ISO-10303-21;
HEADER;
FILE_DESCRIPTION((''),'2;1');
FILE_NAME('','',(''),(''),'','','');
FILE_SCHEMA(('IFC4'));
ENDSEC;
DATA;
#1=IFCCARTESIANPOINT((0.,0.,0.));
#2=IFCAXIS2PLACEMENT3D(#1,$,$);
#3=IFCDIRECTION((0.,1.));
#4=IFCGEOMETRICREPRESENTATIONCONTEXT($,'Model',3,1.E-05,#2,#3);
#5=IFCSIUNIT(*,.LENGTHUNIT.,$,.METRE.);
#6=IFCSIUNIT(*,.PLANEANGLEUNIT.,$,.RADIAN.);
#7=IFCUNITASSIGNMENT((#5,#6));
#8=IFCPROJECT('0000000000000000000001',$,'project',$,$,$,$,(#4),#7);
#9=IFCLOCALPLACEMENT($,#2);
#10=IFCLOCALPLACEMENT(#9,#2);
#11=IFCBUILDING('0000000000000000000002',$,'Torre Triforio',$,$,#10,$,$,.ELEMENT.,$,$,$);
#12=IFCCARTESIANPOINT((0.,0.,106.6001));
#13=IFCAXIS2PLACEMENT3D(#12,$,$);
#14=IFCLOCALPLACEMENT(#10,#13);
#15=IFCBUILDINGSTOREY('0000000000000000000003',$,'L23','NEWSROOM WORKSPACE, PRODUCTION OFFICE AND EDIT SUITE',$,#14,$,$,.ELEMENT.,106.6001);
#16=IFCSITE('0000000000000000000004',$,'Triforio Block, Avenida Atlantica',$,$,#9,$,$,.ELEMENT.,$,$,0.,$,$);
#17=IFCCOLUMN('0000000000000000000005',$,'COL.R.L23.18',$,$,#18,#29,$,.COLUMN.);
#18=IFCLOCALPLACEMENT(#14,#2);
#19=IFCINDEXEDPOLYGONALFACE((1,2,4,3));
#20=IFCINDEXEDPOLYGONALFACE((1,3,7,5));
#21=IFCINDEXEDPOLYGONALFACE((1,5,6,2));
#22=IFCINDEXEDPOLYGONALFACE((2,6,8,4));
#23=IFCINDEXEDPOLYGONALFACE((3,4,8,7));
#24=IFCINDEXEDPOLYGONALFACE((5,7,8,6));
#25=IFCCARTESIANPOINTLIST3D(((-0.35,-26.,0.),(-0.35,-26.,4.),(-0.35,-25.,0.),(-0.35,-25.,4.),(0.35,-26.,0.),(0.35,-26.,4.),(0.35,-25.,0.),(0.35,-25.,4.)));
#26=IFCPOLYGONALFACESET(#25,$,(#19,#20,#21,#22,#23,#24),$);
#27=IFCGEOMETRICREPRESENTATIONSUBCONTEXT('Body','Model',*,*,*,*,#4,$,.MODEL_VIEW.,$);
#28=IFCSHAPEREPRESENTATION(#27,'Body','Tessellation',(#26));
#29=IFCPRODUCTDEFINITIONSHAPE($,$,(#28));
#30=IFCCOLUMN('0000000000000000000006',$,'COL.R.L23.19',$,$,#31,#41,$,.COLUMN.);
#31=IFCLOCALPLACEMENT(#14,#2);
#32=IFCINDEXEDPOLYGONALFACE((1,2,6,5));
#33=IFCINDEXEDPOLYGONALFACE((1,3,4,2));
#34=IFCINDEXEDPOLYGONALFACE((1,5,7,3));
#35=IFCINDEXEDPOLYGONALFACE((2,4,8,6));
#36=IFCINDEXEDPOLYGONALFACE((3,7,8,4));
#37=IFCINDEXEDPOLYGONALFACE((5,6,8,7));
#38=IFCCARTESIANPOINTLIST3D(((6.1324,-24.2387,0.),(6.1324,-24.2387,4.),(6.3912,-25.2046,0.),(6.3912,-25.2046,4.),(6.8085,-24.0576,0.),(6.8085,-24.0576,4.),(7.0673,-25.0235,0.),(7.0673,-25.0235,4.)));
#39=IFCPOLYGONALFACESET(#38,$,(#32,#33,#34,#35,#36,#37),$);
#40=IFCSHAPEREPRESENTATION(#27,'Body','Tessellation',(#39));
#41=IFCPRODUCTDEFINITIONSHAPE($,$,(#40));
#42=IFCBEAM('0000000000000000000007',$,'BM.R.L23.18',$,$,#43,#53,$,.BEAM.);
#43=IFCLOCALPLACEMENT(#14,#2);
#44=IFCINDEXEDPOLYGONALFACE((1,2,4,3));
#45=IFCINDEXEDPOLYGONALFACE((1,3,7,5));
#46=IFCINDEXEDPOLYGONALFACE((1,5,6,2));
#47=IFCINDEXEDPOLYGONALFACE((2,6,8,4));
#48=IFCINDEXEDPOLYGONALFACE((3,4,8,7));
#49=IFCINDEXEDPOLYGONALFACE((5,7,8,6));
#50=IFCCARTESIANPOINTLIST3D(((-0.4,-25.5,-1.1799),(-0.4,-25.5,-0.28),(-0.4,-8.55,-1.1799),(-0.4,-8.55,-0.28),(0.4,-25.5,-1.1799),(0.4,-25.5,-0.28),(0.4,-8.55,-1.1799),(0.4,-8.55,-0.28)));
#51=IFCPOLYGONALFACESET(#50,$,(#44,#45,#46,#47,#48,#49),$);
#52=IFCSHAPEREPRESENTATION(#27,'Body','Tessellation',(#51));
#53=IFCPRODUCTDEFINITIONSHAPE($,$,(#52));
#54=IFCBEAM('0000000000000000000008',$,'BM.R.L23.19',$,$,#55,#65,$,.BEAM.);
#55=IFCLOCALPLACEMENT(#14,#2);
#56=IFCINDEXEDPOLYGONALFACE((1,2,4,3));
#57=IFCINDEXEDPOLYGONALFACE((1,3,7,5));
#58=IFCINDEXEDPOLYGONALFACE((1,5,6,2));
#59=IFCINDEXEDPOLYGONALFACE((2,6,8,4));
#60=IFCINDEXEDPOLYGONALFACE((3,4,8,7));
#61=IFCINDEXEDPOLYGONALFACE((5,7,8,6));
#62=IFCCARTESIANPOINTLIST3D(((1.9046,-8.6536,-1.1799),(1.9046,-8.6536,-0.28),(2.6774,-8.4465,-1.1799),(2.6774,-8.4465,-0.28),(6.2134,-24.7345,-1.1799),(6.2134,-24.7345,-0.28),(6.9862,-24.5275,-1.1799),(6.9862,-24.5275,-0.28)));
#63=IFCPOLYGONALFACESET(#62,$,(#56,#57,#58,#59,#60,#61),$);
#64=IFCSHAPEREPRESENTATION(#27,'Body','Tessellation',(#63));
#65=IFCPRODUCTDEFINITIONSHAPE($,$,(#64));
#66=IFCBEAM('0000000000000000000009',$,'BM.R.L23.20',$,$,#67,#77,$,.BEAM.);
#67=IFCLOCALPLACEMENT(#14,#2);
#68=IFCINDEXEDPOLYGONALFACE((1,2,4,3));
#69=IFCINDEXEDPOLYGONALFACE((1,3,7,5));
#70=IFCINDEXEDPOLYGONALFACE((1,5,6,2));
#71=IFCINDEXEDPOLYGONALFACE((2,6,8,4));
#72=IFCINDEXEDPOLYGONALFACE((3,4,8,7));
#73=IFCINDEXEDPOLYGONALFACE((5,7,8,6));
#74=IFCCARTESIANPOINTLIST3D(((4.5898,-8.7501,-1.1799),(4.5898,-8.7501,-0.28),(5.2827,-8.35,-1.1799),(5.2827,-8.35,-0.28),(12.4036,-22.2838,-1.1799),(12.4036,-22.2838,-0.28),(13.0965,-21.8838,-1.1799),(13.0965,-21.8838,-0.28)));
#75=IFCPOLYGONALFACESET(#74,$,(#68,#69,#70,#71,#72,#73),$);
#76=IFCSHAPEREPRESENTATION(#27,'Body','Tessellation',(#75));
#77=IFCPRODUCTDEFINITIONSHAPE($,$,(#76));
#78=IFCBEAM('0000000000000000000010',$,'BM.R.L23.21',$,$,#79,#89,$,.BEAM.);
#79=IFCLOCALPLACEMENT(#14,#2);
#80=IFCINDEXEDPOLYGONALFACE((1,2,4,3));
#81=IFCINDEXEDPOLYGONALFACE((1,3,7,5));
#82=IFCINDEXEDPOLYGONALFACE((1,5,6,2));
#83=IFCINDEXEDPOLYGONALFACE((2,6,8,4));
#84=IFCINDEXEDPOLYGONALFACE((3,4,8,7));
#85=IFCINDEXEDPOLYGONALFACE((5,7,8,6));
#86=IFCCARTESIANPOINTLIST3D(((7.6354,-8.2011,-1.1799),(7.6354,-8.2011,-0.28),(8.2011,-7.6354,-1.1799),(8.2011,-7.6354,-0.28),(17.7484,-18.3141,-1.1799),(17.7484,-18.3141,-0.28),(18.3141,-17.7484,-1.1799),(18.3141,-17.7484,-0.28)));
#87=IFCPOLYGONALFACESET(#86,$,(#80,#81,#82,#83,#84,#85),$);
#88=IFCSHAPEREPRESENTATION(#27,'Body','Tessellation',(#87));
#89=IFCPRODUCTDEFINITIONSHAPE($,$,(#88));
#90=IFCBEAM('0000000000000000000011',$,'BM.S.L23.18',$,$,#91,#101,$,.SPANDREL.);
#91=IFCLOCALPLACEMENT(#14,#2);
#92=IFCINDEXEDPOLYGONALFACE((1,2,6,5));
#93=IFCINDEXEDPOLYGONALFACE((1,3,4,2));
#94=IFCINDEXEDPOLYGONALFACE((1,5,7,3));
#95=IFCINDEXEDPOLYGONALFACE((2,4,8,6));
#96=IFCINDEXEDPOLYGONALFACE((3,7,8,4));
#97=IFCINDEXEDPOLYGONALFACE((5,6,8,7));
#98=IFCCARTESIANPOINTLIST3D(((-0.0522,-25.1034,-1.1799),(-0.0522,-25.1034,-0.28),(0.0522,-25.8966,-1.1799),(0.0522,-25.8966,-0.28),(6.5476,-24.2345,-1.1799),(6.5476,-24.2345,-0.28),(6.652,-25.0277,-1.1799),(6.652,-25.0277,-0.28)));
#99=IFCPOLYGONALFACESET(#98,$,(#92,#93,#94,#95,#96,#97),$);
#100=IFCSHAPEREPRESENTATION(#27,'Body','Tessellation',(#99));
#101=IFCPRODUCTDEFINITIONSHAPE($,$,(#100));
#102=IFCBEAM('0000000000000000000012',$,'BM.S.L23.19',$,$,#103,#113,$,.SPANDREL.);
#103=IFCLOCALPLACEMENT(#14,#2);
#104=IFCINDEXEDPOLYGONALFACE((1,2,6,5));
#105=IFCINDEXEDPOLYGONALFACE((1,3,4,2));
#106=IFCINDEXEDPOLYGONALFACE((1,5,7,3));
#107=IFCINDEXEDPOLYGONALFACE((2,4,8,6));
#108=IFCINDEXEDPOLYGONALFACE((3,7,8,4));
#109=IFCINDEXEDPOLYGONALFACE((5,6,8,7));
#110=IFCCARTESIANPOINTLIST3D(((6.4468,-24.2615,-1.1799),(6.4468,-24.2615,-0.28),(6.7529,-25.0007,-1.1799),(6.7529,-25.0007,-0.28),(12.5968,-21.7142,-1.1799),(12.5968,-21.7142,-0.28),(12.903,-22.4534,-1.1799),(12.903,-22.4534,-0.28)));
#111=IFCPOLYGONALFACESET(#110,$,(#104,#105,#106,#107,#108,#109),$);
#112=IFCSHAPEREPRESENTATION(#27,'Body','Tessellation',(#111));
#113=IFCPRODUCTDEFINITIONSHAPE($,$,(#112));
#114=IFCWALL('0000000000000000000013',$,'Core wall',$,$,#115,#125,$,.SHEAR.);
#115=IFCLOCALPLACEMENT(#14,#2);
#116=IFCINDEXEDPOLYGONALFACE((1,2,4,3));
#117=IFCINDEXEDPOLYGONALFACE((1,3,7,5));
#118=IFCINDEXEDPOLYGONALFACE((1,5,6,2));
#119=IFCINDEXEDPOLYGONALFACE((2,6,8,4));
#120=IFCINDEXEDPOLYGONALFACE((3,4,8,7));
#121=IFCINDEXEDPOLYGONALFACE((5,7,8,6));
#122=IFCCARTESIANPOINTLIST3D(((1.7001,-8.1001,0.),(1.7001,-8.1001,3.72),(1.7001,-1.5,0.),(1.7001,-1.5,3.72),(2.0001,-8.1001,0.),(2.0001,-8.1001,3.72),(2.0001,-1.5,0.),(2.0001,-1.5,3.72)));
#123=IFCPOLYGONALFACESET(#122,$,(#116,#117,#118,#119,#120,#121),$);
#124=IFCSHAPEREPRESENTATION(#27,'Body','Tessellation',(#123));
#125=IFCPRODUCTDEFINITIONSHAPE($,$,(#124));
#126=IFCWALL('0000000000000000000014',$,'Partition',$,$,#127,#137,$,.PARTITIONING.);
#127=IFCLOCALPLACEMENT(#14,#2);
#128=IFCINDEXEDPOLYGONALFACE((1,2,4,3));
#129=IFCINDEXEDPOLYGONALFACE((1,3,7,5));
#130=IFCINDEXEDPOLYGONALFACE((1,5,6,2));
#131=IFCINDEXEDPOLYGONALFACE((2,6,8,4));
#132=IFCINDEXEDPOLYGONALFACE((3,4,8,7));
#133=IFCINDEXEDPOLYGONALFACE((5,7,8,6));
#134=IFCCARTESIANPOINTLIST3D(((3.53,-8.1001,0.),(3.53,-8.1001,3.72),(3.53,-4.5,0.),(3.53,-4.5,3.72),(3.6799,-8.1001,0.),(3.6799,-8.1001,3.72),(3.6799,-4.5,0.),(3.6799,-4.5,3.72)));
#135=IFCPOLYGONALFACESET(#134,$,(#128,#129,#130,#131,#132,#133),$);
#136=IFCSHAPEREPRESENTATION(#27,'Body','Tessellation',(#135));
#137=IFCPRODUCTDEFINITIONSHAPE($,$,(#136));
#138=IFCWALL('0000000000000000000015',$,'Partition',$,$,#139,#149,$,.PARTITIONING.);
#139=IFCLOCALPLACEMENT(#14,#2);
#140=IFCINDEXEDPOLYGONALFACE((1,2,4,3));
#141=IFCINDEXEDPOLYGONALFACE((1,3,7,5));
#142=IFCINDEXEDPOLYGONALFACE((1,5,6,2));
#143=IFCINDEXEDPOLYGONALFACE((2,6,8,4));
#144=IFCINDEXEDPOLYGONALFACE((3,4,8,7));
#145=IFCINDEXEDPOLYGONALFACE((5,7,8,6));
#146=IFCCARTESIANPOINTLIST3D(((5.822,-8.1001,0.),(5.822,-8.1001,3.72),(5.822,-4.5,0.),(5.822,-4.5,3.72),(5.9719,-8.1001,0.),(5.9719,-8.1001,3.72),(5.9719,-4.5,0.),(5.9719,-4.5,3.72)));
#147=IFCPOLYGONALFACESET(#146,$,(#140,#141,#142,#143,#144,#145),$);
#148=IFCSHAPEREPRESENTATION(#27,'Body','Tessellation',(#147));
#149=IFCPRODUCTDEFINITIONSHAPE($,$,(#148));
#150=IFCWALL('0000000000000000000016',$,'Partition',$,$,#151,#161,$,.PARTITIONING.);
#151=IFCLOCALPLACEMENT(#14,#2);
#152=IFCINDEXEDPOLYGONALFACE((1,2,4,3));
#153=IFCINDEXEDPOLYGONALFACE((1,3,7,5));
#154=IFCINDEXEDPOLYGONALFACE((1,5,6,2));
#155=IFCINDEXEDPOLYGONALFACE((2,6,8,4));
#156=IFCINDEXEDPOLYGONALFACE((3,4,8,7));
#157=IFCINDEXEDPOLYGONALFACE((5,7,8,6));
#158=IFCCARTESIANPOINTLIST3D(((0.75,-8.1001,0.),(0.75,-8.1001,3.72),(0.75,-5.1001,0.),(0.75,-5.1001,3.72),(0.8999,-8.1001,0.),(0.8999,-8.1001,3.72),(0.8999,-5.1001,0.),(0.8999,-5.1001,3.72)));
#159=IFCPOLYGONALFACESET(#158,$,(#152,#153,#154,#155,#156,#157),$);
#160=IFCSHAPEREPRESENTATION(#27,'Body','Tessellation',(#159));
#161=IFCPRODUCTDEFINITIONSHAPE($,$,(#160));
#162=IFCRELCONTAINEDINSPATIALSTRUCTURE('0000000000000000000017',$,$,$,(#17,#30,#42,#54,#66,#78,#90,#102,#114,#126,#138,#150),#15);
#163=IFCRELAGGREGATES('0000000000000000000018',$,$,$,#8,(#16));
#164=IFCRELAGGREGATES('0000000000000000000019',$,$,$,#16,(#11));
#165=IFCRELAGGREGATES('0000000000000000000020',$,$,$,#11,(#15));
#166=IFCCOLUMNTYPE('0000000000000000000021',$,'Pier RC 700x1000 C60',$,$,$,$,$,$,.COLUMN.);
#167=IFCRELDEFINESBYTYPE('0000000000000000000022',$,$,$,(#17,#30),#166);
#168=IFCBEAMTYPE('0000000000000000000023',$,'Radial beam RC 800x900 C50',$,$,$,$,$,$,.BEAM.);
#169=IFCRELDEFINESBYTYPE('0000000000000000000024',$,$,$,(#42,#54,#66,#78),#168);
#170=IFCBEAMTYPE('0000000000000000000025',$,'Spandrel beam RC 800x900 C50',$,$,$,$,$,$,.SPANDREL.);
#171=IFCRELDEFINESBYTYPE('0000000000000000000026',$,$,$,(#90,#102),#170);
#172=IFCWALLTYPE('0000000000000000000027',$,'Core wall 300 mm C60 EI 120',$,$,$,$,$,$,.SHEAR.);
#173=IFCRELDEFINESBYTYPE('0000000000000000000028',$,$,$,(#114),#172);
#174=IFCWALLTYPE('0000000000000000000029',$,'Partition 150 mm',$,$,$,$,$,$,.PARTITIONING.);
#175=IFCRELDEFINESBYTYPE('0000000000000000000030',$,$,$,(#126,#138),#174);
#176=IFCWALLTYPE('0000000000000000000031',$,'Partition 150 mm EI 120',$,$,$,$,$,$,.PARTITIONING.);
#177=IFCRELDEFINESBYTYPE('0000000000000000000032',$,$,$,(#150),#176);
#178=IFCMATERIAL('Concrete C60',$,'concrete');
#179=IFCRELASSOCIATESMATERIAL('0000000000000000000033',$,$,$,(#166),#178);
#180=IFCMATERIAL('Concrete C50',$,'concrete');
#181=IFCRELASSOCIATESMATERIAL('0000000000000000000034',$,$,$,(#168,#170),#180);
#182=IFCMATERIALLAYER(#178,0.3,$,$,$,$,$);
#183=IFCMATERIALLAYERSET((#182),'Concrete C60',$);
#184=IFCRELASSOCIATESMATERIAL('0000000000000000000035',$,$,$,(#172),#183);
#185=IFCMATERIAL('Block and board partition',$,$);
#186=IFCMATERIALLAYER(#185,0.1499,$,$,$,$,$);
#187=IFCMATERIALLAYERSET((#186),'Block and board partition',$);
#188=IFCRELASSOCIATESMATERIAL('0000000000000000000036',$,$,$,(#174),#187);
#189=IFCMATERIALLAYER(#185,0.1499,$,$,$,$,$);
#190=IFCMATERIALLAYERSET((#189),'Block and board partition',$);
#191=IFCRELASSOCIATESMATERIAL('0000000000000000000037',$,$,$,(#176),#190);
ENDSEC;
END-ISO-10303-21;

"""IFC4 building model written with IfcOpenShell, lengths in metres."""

from ifc_helpers import new_model, si_unit, direction, frame, frame_2d, origin, origin_2d, place, context, subcontext, project, spatial, rectangle, extrude, material, layer, layer_set, material_profile, profile_set, type_object, element, save


model = new_model("IFC4")

# Units and contexts
model_context = context("Model", 3, precision=1e-05, world=origin(), true_north=direction((0.0, 1.0)))
body_context = subcontext(model_context, "Body", "Model", "MODEL_VIEW")
ifc_project = project(units=[si_unit("LENGTHUNIT", "METRE"), si_unit("PLANEANGLEUNIT", "RADIAN")], contexts=[model_context])

# Site, building, storey
site_placement = place(None, origin())
site = spatial("IfcSite", under=ifc_project, at=site_placement, Name="Triforio Block, Avenida Atlantica", CompositionType="ELEMENT", RefElevation=0.0)
building_placement = place(site_placement, origin())
building = spatial("IfcBuilding", under=site, at=building_placement, Name="Torre Triforio", CompositionType="ELEMENT")
storey_placement = place(building_placement, frame((0.0, 0.0, 106.6001)))
storey = spatial("IfcBuildingStorey", under=building, at=storey_placement, Name="L23", Description="NEWSROOM WORKSPACE, PRODUCTION OFFICE AND EDIT SUITE", CompositionType="ELEMENT", Elevation=106.6001)

# Columns
ifc_material_1 = material(Name="Concrete C60", Category="concrete")
ifc_material_profile_1 = material_profile(ifc_material_1, rectangle(XDim=0.7, YDim=1.0, at=origin_2d()), Name="RC 700x1000")
ifc_profile_set_1 = profile_set([ifc_material_profile_1], Name="Concrete C60")
column_type = type_object("IfcColumnType", Name="Pier RC 700x1000 C60", PredefinedType="COLUMN", material=ifc_profile_set_1)
for number, where, z_axis, x_axis, name in (
    (1, (0.0, -25.5, 0.0), (0.0, 0.0, 1.0), (1.0, 0.0, 0.0), "COL.R.L23.18"),
    (2, (6.5999, -24.6311, 0.0), (0.0, 0.0, 1.0), (0.965926, 0.258819, 0.0), "COL.R.L23.19"),
):
    element("IfcColumn", number, at=place(storey_placement, frame(where, z_axis=z_axis, x_axis=x_axis)), inside=storey, type_object=column_type, Name=name, PredefinedType="COLUMN", context=body_context, shape_type="SweptSolid", body=[
        extrude(rectangle(XDim=0.7, YDim=1.0, at=origin_2d()), origin(), (0.0, 0.0, 1.0), 4.0),
    ])

# Beams
ifc_material_2 = material(Name="Concrete C50", Category="concrete")
ifc_material_profile_2 = material_profile(ifc_material_2, rectangle(XDim=0.8, YDim=0.8999, at=origin_2d()), Name="RC 800x900")
ifc_profile_set_2 = profile_set([ifc_material_profile_2], Name="Concrete C50")
beam_type_1 = type_object("IfcBeamType", Name="Radial beam RC 800x900 C50", PredefinedType="BEAM", material=ifc_profile_set_2)
beam_1_placement = place(storey_placement, frame((0.0, -8.55, -0.73), z_axis=(0.0, -1.0, 0.0), x_axis=(1.0, 0.0, 0.0)))
element("IfcBeam", 3, at=beam_1_placement, inside=storey, type_object=beam_type_1, Name="BM.R.L23.18", PredefinedType="BEAM", context=body_context, shape_type="SweptSolid", body=[
    extrude(rectangle(XDim=0.8, YDim=0.8999, at=origin_2d()), origin(), (0.0, 0.0, 1.0), 16.95),
])
beam_2_placement = place(storey_placement, frame((2.291, -8.55, -0.73), z_axis=(0.258815, -0.965927, 0.0), x_axis=(0.965927, 0.258815, 0.0)))
element("IfcBeam", 4, at=beam_2_placement, inside=storey, type_object=beam_type_1, Name="BM.R.L23.19", PredefinedType="BEAM", context=body_context, shape_type="SweptSolid", body=[
    extrude(rectangle(XDim=0.8, YDim=0.8999, at=origin_2d()), origin(), (0.0, 0.0, 1.0), 16.6482),
])
beam_3_placement = place(storey_placement, frame((4.9363, -8.55, -0.73), z_axis=(0.500002, -0.866024, 0.0), x_axis=(0.866024, 0.500002, 0.0)))
element("IfcBeam", 5, at=beam_3_placement, inside=storey, type_object=beam_type_1, Name="BM.R.L23.20", PredefinedType="BEAM", context=body_context, shape_type="SweptSolid", body=[
    extrude(rectangle(XDim=0.8, YDim=0.8999, at=origin_2d()), origin(), (0.0, 0.0, 1.0), 15.6274),
])
beam_4_placement = place(storey_placement, frame((7.9182, -7.9182, -0.73), z_axis=(0.707107, -0.707107, 0.0), x_axis=(0.707107, 0.707107, 0.0)))
element("IfcBeam", 6, at=beam_4_placement, inside=storey, type_object=beam_type_1, Name="BM.R.L23.21", PredefinedType="BEAM", context=body_context, shape_type="SweptSolid", body=[
    extrude(rectangle(XDim=0.8, YDim=0.8999, at=origin_2d()), origin(), (0.0, 0.0, 1.0), 14.302),
])
ifc_material_profile_3 = material_profile(ifc_material_2, rectangle(XDim=0.8, YDim=0.8999, at=origin_2d()), Name="RC 800x900")
ifc_profile_set_3 = profile_set([ifc_material_profile_3], Name="Concrete C50")
beam_type_2 = type_object("IfcBeamType", Name="Spandrel beam RC 800x900 C50", PredefinedType="SPANDREL", material=ifc_profile_set_3)
for number, where, z_axis, x_axis, name in (
    (7, (0.0, -25.5, -0.73), (0.991445, 0.130528, 0.0), (-0.130528, 0.991445, 0.0), "BM.S.L23.18"),
    (8, (6.5999, -24.6311, -0.73), (0.923885, 0.382669, 0.0), (-0.382669, 0.923885, 0.0), "BM.S.L23.19"),
):
    element("IfcBeam", number, at=place(storey_placement, frame(where, z_axis=z_axis, x_axis=x_axis)), inside=storey, type_object=beam_type_2, Name=name, PredefinedType="SPANDREL", context=body_context, shape_type="SweptSolid", body=[
        extrude(rectangle(XDim=0.8, YDim=0.8999, at=origin_2d()), origin(), (0.0, 0.0, 1.0), 6.6567),
    ])

# Walls
ifc_layer_1 = layer(ifc_material_1, 0.3)
ifc_layer_set_1 = layer_set([ifc_layer_1], Name="Concrete C60")
wall_type_1 = type_object("IfcWallType", Name="Core wall 300 mm C60 EI 120", PredefinedType="SHEAR", material=ifc_layer_set_1)
wall_1_placement = place(storey_placement, frame((1.8501, -8.1001, 0.0), z_axis=(0.0, 0.0, 1.0), x_axis=(0.0, 1.0, 0.0)))
element("IfcWall", 9, at=wall_1_placement, inside=storey, type_object=wall_type_1, Name="Core wall", PredefinedType="SHEAR", context=body_context, shape_type="SweptSolid", body=[
    extrude(rectangle(XDim=6.6001, YDim=0.3, at=frame_2d((3.3, 0.0))), origin(), (0.0, 0.0, 1.0), 3.72),
])
ifc_material_3 = material(Name="Block and board partition")
ifc_layer_2 = layer(ifc_material_3, 0.1499)
ifc_layer_set_2 = layer_set([ifc_layer_2], Name="Block and board partition")
wall_type_2 = type_object("IfcWallType", Name="Partition 150 mm", PredefinedType="PARTITIONING", material=ifc_layer_set_2)
for number, where, z_axis, x_axis, name in (
    (10, (3.605, -8.1001, 0.0), (0.0, 0.0, 1.0), (0.0, 1.0, 0.0), "Partition"),
    (11, (5.897, -8.1001, 0.0), (0.0, 0.0, 1.0), (0.0, 1.0, 0.0), "Partition"),
):
    element("IfcWall", number, at=place(storey_placement, frame(where, z_axis=z_axis, x_axis=x_axis)), inside=storey, type_object=wall_type_2, Name=name, PredefinedType="PARTITIONING", context=body_context, shape_type="SweptSolid", body=[
        extrude(rectangle(XDim=3.6001, YDim=0.1499, at=frame_2d((1.8, 0.0))), origin(), (0.0, 0.0, 1.0), 3.72),
    ])
ifc_layer_3 = layer(ifc_material_3, 0.1499)
ifc_layer_set_3 = layer_set([ifc_layer_3], Name="Block and board partition")
wall_type_3 = type_object("IfcWallType", Name="Partition 150 mm EI 120", PredefinedType="PARTITIONING", material=ifc_layer_set_3)
wall_2_placement = place(storey_placement, frame((0.825, -8.1001, 0.0), z_axis=(0.0, 0.0, 1.0), x_axis=(0.0, 1.0, 0.0)))
element("IfcWall", 12, at=wall_2_placement, inside=storey, type_object=wall_type_3, Name="Partition", PredefinedType="PARTITIONING", context=body_context, shape_type="SweptSolid", body=[
    extrude(rectangle(XDim=3.0, YDim=0.1499, at=frame_2d((1.5, 0.0))), origin(), (0.0, 0.0, 1.0), 3.72),
])

save(model, "model.ifc")
